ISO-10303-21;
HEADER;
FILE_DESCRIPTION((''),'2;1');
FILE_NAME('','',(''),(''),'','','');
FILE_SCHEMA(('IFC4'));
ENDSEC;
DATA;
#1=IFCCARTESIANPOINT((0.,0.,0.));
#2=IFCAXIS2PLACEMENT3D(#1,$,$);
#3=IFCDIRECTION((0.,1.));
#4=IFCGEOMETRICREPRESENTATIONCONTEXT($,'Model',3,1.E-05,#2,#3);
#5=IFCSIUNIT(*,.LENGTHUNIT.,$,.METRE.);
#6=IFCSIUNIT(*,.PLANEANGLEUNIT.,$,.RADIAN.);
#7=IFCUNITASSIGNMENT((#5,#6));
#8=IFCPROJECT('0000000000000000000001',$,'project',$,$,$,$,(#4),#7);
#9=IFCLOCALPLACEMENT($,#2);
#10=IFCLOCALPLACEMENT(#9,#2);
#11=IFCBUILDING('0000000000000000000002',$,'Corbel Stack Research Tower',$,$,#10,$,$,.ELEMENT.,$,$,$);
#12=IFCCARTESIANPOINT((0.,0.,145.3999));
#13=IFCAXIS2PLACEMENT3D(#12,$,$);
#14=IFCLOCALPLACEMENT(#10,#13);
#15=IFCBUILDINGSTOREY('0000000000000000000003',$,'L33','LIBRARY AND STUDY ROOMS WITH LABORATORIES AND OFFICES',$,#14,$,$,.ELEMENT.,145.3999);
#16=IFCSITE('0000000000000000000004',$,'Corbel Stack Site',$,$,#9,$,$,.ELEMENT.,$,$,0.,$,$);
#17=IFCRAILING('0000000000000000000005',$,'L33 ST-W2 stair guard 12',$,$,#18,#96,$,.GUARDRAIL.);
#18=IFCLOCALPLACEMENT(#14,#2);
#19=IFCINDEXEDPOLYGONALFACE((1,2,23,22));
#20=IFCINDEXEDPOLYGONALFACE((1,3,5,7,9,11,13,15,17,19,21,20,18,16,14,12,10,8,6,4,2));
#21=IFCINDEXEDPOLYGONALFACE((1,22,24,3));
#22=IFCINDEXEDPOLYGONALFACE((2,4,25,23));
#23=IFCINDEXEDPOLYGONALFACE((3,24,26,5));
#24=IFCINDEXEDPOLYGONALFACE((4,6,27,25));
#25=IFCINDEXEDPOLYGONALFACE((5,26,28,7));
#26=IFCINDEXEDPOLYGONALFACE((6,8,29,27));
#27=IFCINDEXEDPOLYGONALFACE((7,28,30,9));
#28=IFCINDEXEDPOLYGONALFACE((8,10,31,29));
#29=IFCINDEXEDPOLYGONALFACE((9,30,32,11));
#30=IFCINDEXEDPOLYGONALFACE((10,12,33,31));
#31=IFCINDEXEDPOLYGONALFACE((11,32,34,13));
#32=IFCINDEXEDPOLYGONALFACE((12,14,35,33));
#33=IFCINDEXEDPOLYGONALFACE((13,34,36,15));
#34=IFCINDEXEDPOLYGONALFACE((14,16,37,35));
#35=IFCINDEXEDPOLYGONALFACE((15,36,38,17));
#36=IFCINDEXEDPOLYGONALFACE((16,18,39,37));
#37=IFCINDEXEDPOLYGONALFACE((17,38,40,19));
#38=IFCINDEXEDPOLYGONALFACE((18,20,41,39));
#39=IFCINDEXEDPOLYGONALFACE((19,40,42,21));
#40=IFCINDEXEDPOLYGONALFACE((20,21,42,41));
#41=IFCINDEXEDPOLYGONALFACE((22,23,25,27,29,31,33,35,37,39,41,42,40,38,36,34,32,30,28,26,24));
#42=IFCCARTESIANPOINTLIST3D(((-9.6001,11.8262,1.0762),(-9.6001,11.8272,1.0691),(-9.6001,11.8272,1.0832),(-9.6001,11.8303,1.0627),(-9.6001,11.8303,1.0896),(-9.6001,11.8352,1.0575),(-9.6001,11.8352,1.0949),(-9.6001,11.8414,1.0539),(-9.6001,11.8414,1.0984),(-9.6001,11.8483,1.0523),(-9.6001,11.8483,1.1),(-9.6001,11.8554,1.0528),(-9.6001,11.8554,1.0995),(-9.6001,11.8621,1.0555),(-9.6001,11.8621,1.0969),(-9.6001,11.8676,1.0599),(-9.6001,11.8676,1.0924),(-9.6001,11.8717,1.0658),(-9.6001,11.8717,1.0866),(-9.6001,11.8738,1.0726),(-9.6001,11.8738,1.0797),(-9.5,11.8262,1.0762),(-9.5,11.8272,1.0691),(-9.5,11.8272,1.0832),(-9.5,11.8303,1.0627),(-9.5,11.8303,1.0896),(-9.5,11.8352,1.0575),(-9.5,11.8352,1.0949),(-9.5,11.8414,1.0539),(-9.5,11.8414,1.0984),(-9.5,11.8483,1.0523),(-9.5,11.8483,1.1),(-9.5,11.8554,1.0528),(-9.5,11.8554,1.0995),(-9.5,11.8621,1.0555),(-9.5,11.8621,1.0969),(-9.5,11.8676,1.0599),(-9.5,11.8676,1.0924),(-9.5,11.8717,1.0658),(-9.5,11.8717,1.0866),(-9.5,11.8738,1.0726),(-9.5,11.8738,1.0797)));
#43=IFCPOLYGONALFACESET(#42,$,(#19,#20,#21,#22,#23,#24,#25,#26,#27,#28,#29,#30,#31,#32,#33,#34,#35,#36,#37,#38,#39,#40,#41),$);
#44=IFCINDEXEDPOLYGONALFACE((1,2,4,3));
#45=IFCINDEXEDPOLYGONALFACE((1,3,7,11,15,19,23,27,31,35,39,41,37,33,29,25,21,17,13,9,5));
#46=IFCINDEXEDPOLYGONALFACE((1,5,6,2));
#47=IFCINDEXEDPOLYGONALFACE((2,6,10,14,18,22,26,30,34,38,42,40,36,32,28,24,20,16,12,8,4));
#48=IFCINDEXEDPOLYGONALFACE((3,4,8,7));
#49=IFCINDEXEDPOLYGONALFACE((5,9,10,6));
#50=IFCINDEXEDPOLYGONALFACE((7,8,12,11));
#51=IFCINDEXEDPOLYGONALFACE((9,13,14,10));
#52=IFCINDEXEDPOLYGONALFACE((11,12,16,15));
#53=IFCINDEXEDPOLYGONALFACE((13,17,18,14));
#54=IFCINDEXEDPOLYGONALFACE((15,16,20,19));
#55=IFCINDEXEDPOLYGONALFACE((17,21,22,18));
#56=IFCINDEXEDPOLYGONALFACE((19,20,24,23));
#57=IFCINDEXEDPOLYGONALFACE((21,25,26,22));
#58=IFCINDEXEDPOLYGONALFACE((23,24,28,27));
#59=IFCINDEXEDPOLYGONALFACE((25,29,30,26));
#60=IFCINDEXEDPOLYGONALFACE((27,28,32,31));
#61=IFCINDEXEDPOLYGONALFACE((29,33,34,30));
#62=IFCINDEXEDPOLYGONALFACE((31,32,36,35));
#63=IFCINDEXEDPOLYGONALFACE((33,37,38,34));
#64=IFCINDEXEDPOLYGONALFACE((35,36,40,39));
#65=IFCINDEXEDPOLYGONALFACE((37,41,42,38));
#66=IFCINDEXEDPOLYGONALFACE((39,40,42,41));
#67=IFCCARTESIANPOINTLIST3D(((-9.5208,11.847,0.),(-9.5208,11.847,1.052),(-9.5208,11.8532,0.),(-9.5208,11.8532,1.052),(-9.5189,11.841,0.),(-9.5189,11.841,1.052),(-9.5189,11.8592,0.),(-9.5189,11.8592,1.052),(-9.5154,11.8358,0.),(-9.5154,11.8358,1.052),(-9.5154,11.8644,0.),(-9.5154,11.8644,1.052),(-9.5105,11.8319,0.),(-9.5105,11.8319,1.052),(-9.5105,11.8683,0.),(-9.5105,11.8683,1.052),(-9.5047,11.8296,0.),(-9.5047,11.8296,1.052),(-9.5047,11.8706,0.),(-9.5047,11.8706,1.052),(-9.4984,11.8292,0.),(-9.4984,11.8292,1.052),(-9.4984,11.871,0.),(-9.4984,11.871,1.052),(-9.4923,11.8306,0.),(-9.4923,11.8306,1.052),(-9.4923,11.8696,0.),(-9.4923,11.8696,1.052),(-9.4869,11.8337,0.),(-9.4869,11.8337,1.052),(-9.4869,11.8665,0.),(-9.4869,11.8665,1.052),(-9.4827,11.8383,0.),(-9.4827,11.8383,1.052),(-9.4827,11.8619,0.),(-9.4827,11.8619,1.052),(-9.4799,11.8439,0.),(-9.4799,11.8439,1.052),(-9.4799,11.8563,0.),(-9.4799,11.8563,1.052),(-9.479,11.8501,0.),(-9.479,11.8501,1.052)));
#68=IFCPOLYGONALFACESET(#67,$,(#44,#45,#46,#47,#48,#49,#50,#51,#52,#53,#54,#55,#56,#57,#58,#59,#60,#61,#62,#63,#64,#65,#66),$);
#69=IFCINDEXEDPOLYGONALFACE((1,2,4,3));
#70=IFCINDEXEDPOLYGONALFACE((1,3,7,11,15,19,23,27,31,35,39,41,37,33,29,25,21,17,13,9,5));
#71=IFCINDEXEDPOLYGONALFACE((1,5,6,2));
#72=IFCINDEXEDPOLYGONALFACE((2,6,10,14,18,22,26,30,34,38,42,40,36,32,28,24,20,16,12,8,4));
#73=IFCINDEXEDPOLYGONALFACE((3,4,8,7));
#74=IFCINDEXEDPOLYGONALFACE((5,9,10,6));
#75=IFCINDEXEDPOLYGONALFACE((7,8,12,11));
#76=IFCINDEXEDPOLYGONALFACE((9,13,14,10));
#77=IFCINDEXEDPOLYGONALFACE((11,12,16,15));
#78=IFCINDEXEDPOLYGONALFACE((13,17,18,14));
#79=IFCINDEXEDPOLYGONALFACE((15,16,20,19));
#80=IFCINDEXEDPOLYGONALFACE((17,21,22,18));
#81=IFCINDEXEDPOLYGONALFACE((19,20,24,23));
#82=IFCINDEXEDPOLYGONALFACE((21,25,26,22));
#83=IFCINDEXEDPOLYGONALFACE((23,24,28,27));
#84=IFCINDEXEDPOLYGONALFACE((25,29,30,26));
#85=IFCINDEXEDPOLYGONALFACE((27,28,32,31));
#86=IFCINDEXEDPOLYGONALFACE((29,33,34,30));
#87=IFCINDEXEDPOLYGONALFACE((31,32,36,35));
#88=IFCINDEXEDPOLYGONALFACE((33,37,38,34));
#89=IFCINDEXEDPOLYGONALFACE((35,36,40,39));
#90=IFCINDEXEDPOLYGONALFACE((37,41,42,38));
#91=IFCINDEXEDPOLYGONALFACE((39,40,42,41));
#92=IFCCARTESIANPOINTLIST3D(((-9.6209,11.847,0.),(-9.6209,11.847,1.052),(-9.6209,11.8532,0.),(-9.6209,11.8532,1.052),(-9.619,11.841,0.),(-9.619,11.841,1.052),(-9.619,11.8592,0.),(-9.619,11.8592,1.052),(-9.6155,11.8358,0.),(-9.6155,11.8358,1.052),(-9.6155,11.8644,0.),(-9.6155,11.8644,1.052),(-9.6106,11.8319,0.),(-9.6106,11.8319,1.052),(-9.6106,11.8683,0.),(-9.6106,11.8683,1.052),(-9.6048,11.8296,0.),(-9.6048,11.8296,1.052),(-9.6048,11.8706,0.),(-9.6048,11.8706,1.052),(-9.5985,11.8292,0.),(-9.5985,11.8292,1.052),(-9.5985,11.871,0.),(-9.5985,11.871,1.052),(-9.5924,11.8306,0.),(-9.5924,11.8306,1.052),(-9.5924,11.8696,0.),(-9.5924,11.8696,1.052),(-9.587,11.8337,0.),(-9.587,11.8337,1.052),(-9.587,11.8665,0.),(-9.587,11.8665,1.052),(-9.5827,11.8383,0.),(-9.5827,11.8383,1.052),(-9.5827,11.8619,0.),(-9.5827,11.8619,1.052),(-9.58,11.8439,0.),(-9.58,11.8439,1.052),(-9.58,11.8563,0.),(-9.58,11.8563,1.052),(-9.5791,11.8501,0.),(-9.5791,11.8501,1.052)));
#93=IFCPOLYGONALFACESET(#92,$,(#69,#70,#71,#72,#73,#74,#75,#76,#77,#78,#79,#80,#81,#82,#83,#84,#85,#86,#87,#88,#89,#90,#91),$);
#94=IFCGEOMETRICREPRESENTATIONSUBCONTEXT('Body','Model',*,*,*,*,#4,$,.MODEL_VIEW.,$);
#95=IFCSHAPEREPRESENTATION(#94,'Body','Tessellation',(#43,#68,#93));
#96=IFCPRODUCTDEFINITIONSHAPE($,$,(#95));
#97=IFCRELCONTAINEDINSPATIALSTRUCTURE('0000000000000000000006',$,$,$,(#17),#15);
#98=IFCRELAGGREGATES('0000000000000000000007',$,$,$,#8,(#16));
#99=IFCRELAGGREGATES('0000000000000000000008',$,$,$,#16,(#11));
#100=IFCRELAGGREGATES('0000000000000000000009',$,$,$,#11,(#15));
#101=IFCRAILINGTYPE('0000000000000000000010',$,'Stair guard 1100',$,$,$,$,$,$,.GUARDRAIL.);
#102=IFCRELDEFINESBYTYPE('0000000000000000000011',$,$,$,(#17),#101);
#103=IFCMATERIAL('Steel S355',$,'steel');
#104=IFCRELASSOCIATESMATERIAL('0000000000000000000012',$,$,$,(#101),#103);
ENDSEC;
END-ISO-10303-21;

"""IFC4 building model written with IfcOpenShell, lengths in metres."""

from ifc_helpers import new_model, si_unit, direction, frame, origin, origin_2d, place, context, subcontext, project, spatial, circle, extrude, material, type_object, element, save


model = new_model("IFC4")

# Units and contexts
model_context = context("Model", 3, precision=1e-05, world=origin(), true_north=direction((0.0, 1.0)))
body_context = subcontext(model_context, "Body", "Model", "MODEL_VIEW")
ifc_project = project(units=[si_unit("LENGTHUNIT", "METRE"), si_unit("PLANEANGLEUNIT", "RADIAN")], contexts=[model_context])

# Site, building, storey
site_placement = place(None, origin())
site = spatial("IfcSite", under=ifc_project, at=site_placement, Name="Corbel Stack Site", CompositionType="ELEMENT", RefElevation=0.0)
building_placement = place(site_placement, origin())
building = spatial("IfcBuilding", under=site, at=building_placement, Name="Corbel Stack Research Tower", CompositionType="ELEMENT")
storey_placement = place(building_placement, frame((0.0, 0.0, 145.3999)))
storey = spatial("IfcBuildingStorey", under=building, at=storey_placement, Name="L33", Description="LIBRARY AND STUDY ROOMS WITH LABORATORIES AND OFFICES", CompositionType="ELEMENT", Elevation=145.3999)

# Railing
ifc_material_1 = material(Name="Steel S355", Category="steel")
railing_type_1 = type_object("IfcRailingType", Name="Stair guard 1100", PredefinedType="GUARDRAIL", material=ifc_material_1)
railing_1_placement = place(storey_placement, frame((-9.5, 11.8501, 0.0)))
element("IfcRailing", 1, at=railing_1_placement, inside=storey, type_object=railing_type_1, Name="L33 ST-W2 stair guard 12", PredefinedType="GUARDRAIL", context=body_context, shape_type="SweptSolid", body=[
    extrude(circle(Radius=0.0239, at=origin_2d()), frame((0.0, 0.0, 1.0762), z_axis=(-1.0, 0.0, 0.0), x_axis=(0.0, -1.0, 0.0)), (0.0, 0.0, 1.0), 0.1001),
    extrude(circle(Radius=0.021, at=origin_2d()), origin(), (0.0, 0.0, 1.0), 1.052),
    extrude(circle(Radius=0.021, at=origin_2d()), frame((-0.1001, 0.0, 0.0)), (0.0, 0.0, 1.0), 1.052),
])

save(model, "model.ifc")
